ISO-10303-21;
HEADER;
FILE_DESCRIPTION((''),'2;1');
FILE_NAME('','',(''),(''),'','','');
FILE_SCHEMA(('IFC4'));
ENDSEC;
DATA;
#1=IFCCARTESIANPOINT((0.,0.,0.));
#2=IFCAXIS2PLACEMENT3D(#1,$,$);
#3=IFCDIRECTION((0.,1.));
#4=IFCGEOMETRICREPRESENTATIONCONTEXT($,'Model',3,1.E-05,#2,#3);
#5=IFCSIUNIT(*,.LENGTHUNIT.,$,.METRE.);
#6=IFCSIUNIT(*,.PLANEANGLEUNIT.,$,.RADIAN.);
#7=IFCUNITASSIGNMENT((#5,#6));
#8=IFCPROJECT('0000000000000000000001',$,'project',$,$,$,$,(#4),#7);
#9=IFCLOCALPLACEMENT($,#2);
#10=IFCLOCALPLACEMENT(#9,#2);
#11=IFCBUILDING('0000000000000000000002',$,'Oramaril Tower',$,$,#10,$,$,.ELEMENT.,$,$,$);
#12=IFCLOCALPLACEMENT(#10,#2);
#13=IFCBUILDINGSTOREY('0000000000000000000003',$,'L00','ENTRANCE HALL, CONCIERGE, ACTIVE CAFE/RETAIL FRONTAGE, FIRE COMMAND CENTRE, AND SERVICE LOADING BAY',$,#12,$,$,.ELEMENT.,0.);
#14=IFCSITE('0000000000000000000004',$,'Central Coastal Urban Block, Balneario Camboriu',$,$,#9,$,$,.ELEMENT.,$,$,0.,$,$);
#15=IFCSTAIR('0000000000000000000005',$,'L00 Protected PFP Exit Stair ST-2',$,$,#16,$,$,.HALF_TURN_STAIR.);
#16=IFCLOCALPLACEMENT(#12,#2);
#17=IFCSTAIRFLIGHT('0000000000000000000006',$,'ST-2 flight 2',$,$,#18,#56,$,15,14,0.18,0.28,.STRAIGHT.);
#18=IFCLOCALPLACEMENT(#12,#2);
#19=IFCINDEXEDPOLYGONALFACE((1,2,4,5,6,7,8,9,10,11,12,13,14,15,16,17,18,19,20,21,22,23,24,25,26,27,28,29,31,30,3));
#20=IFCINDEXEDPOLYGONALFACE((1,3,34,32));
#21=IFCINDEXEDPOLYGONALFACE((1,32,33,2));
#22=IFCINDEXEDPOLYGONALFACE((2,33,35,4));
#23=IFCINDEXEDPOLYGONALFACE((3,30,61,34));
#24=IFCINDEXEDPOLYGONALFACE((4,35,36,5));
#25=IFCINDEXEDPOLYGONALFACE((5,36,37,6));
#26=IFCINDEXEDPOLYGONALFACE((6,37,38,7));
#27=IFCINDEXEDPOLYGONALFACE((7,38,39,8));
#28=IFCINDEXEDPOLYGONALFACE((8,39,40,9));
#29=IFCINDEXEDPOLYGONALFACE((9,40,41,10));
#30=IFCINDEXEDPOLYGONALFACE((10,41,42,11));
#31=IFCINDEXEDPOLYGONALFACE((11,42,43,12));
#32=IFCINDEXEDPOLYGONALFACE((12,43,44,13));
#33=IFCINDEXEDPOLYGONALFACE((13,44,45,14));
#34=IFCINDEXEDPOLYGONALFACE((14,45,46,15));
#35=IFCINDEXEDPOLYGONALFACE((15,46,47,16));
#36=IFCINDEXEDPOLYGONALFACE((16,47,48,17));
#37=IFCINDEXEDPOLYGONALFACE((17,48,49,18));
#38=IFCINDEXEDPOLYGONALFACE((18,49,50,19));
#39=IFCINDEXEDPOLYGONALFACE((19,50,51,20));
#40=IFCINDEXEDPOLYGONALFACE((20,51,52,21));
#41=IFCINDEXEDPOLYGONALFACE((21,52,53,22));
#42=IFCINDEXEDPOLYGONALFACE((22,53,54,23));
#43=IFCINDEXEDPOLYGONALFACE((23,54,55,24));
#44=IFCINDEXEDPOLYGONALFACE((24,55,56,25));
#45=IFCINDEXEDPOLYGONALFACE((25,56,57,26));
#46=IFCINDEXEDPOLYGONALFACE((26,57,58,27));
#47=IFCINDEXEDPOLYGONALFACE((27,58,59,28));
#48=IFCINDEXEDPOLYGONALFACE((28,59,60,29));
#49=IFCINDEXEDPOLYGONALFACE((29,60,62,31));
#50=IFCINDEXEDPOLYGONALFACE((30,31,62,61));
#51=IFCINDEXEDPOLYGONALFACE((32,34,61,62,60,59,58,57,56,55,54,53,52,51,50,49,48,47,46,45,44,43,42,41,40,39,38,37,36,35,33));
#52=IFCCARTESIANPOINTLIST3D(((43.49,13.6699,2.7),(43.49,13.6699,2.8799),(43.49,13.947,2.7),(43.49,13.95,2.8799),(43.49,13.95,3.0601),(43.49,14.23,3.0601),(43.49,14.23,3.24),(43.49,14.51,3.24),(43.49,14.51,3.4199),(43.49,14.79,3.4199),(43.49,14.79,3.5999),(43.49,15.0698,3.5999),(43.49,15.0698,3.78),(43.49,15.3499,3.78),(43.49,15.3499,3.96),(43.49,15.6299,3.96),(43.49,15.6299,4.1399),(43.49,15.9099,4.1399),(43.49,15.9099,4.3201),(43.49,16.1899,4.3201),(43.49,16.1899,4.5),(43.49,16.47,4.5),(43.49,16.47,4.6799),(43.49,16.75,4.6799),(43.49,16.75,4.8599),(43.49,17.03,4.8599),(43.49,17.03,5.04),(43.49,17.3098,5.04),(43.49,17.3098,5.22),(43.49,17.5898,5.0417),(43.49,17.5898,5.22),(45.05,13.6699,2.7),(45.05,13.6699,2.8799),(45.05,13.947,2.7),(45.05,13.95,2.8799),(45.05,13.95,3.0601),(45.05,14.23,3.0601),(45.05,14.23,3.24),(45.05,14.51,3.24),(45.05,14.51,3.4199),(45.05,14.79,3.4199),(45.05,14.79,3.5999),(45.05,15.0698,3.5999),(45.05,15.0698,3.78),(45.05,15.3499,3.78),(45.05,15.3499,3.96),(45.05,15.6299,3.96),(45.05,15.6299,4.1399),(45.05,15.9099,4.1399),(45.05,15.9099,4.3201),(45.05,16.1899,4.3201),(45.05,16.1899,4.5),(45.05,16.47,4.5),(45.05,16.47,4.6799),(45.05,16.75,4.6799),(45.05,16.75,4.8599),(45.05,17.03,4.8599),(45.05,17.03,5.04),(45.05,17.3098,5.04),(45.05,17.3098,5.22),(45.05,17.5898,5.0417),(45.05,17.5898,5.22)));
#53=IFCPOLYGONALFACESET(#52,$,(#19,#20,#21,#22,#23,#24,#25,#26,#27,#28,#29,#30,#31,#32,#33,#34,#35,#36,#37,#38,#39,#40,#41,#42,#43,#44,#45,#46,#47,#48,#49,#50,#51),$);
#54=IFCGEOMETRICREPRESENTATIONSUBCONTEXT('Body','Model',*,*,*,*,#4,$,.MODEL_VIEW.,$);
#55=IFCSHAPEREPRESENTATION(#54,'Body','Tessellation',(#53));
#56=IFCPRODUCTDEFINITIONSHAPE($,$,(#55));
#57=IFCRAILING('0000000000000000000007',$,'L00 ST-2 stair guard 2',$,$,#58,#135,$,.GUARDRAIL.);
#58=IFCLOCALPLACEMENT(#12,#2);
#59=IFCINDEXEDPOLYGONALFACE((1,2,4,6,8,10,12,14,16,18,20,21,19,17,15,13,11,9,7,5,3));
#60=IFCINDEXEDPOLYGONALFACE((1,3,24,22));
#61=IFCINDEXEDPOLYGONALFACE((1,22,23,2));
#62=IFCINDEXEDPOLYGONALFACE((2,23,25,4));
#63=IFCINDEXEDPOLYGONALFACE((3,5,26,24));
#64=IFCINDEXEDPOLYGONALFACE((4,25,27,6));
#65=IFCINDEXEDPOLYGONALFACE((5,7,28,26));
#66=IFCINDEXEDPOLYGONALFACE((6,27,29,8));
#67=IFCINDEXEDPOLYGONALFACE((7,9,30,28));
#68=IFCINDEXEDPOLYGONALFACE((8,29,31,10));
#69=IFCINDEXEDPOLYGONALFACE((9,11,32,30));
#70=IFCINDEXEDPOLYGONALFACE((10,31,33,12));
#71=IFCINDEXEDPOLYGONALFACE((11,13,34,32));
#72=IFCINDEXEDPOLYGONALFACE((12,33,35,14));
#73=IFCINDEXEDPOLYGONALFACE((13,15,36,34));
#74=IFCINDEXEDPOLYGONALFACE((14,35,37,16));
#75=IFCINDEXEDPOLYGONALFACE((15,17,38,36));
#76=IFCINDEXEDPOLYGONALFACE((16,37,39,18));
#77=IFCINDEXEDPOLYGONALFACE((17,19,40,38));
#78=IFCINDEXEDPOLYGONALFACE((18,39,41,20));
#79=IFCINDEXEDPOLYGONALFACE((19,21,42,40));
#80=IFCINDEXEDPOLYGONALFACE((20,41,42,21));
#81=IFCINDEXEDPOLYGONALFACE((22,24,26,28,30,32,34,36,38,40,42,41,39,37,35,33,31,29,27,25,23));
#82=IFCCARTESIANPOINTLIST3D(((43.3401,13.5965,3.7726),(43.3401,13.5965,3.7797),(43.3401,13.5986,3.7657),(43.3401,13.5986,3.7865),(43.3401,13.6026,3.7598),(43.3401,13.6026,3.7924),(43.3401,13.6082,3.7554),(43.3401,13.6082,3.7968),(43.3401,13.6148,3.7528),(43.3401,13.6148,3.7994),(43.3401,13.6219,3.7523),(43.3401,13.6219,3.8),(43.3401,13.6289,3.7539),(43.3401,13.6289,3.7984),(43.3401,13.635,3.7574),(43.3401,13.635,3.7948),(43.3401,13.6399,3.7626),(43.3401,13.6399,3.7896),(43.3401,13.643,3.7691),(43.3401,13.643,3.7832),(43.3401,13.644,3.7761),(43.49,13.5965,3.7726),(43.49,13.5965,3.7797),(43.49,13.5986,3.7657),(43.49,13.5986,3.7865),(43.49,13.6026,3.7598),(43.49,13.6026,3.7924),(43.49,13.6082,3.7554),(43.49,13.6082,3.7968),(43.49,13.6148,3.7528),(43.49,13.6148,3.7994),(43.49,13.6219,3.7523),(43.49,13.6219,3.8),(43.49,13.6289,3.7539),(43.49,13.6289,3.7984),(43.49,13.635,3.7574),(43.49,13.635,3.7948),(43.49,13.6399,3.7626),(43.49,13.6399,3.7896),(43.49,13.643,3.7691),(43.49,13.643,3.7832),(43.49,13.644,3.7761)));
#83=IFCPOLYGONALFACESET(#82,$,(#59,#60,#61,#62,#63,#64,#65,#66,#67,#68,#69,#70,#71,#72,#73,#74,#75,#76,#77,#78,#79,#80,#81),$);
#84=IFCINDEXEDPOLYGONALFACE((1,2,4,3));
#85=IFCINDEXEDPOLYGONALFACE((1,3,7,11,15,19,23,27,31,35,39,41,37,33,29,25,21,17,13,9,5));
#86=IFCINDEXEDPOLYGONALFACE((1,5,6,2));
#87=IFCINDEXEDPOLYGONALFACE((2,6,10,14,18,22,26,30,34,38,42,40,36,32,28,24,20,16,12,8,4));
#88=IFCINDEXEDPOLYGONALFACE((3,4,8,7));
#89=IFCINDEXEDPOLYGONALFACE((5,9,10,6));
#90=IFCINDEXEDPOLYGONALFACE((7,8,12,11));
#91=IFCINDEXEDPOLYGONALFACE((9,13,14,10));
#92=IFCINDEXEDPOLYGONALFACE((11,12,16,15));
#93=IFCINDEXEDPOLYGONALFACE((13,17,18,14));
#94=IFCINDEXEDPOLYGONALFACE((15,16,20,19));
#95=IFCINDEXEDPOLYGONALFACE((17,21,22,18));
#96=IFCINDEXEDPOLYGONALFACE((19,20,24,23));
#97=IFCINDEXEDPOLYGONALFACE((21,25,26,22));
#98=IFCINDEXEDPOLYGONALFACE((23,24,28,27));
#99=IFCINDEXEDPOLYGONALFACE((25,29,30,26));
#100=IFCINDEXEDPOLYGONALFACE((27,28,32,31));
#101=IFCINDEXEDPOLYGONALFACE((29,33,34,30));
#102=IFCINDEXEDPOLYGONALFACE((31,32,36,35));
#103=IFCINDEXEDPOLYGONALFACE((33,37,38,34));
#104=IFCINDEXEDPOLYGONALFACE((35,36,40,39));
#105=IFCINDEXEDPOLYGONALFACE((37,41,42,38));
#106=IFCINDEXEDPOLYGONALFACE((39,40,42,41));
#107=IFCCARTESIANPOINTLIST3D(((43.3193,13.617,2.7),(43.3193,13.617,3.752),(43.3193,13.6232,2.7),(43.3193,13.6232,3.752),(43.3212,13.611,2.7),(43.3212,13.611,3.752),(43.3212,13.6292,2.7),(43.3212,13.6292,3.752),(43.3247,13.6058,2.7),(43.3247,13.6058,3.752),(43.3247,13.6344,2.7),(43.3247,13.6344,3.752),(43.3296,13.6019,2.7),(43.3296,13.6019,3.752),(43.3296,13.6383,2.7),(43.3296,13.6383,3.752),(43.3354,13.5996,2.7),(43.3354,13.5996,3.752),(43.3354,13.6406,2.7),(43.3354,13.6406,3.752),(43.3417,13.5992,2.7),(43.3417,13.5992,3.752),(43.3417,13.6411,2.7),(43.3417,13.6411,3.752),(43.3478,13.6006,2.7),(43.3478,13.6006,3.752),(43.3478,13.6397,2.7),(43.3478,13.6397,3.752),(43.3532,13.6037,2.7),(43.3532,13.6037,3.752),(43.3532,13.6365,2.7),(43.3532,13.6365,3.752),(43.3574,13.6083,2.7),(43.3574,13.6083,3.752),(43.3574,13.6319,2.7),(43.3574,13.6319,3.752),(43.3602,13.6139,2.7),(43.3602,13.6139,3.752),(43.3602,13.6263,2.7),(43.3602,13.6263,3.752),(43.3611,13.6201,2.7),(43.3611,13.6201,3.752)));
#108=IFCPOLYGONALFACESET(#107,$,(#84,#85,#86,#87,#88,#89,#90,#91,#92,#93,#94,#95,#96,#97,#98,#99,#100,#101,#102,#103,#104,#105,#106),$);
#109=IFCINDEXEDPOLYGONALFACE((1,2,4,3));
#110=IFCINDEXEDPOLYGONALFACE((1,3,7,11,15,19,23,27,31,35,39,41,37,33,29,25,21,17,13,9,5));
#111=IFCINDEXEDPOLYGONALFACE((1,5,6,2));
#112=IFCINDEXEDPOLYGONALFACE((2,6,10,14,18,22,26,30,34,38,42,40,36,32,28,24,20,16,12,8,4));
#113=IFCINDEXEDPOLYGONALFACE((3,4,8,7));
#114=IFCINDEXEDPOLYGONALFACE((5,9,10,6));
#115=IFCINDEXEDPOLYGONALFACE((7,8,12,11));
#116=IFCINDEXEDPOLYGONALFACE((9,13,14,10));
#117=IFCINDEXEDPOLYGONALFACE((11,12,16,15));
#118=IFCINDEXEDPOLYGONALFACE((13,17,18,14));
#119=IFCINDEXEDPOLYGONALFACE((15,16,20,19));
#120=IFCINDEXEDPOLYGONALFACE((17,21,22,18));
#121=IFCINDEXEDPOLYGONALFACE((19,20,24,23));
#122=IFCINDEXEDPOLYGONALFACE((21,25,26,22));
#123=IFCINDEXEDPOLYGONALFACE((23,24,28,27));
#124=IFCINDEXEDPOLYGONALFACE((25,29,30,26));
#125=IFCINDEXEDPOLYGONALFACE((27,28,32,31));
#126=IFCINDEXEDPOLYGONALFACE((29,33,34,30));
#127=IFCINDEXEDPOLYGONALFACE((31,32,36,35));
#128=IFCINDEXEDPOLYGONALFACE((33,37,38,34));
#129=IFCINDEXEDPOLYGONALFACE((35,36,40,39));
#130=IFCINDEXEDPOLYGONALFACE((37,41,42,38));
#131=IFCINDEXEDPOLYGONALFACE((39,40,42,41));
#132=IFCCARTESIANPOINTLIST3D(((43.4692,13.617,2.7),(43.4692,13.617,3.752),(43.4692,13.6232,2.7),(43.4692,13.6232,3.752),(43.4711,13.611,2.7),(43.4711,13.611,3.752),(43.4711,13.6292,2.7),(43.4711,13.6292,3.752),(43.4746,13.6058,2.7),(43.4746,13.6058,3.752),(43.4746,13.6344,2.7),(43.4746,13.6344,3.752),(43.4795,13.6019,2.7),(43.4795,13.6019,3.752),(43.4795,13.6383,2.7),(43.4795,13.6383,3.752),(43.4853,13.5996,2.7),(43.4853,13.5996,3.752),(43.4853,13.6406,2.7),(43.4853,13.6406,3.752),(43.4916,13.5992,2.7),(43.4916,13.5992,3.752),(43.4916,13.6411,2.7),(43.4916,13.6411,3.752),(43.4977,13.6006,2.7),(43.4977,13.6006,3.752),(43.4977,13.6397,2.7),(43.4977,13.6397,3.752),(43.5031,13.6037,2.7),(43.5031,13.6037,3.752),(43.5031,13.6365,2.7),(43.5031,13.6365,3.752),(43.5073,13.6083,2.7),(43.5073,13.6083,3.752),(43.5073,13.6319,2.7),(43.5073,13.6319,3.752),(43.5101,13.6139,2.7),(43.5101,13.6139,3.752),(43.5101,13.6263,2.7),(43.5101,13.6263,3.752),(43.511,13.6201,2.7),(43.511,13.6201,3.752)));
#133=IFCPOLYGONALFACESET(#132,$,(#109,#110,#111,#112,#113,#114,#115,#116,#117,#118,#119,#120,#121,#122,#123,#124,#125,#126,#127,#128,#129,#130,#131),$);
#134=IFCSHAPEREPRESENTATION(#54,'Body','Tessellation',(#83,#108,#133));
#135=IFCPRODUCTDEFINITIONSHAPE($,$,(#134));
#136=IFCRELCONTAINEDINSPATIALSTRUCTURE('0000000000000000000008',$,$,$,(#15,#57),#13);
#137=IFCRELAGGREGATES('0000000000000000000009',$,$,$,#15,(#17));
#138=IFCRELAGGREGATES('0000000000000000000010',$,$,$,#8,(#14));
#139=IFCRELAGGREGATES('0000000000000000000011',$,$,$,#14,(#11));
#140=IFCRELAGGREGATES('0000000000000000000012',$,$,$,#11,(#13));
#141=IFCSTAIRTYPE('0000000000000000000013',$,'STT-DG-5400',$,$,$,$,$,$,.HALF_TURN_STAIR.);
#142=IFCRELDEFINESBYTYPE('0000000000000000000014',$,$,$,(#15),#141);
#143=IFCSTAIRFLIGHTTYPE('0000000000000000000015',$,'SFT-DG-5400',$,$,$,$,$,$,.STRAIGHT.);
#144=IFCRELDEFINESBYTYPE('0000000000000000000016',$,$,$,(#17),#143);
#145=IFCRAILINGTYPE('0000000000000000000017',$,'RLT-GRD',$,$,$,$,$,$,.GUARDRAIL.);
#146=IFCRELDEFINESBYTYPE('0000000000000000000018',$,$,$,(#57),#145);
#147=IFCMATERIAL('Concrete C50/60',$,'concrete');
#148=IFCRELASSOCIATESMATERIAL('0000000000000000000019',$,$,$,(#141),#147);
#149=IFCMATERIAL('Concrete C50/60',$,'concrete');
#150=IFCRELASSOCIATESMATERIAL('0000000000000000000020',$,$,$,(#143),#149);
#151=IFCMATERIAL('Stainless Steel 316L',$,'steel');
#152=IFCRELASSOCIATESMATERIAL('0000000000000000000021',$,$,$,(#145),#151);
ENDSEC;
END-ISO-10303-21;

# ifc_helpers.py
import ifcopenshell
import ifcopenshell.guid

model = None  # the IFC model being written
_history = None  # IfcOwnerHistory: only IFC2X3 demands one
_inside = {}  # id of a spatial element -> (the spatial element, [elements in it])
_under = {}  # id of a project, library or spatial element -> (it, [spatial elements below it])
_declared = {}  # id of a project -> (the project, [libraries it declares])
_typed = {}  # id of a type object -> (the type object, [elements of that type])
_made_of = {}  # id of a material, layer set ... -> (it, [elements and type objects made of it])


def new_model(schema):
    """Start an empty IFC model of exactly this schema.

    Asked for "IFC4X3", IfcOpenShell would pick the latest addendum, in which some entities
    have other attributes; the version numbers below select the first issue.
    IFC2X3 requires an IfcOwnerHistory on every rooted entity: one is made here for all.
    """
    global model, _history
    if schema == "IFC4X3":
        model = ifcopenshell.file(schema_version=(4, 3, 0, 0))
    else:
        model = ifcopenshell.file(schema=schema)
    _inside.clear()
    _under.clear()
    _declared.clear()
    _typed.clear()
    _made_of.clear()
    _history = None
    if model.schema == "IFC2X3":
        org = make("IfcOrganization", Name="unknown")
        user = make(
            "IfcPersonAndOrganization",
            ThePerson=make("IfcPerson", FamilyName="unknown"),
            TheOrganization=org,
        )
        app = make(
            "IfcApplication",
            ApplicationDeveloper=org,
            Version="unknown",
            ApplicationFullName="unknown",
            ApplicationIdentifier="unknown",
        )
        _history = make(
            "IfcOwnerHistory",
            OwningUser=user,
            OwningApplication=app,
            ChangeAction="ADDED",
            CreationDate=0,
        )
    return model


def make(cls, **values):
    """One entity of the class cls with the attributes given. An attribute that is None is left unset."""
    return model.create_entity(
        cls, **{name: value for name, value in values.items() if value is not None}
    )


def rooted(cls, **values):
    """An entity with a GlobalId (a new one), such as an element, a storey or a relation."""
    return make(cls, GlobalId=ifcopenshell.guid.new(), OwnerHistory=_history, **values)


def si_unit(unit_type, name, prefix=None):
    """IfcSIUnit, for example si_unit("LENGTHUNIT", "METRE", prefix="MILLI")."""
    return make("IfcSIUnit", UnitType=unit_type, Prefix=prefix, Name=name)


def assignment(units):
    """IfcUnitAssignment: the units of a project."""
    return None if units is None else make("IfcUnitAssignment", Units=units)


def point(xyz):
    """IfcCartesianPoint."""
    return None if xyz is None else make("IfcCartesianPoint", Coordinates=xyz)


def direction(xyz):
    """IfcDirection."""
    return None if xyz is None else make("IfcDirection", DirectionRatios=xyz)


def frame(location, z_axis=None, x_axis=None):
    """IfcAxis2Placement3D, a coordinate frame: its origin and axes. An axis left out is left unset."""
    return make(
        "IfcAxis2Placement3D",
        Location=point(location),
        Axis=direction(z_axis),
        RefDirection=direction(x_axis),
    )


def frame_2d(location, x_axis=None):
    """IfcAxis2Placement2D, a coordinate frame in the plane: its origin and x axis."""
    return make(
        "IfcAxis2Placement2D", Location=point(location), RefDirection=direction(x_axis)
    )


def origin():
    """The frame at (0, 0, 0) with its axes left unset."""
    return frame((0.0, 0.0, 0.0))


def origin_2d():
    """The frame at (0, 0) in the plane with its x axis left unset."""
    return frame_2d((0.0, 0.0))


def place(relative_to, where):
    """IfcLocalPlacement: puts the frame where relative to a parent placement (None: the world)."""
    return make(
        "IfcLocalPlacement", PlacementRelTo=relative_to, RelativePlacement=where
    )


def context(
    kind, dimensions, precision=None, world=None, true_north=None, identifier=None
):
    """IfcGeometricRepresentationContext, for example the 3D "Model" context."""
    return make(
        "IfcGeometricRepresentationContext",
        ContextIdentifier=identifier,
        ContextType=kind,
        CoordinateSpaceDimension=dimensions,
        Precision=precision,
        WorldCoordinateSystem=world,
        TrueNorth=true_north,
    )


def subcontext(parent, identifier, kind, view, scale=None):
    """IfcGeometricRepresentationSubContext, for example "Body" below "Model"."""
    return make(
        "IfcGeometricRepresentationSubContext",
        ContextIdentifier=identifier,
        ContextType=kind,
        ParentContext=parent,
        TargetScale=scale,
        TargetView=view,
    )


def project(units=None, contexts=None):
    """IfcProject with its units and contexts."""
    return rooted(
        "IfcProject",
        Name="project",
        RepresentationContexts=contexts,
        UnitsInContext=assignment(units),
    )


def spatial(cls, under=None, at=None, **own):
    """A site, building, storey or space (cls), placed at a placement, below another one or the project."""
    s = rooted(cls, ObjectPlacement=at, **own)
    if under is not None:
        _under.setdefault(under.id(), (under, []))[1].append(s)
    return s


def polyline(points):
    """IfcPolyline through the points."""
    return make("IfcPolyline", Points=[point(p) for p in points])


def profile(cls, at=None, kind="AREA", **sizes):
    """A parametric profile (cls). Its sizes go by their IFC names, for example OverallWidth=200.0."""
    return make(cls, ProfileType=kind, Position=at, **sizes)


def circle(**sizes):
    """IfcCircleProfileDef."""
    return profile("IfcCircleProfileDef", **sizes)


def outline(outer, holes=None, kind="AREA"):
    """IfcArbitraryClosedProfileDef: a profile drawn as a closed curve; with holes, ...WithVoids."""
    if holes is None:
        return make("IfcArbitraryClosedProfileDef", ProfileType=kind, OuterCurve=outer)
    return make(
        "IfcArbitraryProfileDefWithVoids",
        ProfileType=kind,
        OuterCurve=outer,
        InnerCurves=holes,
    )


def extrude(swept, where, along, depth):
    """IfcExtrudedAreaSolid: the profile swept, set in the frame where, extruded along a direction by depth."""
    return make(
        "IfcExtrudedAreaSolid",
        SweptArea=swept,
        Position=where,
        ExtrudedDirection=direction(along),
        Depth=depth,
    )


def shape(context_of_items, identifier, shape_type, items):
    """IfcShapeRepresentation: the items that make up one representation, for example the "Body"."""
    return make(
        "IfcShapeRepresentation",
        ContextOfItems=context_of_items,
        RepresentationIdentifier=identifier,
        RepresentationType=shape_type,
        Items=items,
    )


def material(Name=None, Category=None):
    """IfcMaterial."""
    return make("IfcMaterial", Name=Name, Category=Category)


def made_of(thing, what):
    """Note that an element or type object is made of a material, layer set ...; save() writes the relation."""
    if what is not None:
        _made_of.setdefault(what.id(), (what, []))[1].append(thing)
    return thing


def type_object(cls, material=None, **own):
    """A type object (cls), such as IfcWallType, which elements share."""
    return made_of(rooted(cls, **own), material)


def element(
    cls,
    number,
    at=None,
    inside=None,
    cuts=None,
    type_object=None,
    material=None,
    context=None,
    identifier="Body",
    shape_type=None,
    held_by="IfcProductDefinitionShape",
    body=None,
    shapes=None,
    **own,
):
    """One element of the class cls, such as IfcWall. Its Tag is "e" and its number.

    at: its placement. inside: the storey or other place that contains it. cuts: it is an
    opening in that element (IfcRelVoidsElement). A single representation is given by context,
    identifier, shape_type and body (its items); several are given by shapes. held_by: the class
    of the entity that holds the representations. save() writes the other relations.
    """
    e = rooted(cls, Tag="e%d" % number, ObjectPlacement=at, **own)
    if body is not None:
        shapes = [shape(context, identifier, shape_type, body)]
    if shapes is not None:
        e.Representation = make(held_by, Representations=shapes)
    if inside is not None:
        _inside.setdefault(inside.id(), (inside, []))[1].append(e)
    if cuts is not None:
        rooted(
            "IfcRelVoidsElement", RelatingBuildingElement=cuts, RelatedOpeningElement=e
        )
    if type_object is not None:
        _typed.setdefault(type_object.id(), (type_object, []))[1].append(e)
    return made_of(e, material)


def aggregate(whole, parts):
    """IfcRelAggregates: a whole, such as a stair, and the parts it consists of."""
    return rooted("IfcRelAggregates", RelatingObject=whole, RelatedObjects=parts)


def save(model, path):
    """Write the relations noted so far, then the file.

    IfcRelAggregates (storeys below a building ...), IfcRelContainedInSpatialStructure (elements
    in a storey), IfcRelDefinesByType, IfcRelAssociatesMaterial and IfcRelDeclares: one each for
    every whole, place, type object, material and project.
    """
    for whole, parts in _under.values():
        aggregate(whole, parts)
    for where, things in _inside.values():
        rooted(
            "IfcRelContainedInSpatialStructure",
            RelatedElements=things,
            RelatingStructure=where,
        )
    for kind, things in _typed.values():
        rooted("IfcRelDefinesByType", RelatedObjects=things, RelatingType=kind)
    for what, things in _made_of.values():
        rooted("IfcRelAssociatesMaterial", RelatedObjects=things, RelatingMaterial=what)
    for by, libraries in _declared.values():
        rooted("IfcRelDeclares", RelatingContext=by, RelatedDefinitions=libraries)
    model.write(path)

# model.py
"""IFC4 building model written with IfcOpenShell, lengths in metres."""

from ifc_helpers import new_model, si_unit, direction, frame, origin, origin_2d, place, context, subcontext, project, spatial, polyline, circle, outline, extrude, material, type_object, element, aggregate, save


model = new_model("IFC4")

# Units and contexts
model_context = context("Model", 3, precision=1e-05, world=origin(), true_north=direction((0.0, 1.0)))
body_context = subcontext(model_context, "Body", "Model", "MODEL_VIEW")
ifc_project = project(units=[si_unit("LENGTHUNIT", "METRE"), si_unit("PLANEANGLEUNIT", "RADIAN")], contexts=[model_context])

# Site, building, storey
site_placement = place(None, origin())
site = spatial("IfcSite", under=ifc_project, at=site_placement, Name="Central Coastal Urban Block, Balneario Camboriu", CompositionType="ELEMENT", RefElevation=0.0)
building_placement = place(site_placement, origin())
building = spatial("IfcBuilding", under=site, at=building_placement, Name="Oramaril Tower", CompositionType="ELEMENT")
storey_placement = place(building_placement, origin())
storey = spatial("IfcBuildingStorey", under=building, at=storey_placement, Name="L00", Description="ENTRANCE HALL, CONCIERGE, ACTIVE CAFE/RETAIL FRONTAGE, FIRE COMMAND CENTRE, AND SERVICE LOADING BAY", CompositionType="ELEMENT", Elevation=0.0)

# Stair, stair flight
ifc_material_1 = material(Name="Concrete C50/60", Category="concrete")
stair_type = type_object("IfcStairType", Name="STT-DG-5400", PredefinedType="HALF_TURN_STAIR", material=ifc_material_1)
stair_placement = place(storey_placement, origin())
stair = element("IfcStair", 1, at=stair_placement, inside=storey, type_object=stair_type, Name="L00 Protected PFP Exit Stair ST-2", PredefinedType="HALF_TURN_STAIR")
ifc_material_2 = material(Name="Concrete C50/60", Category="concrete")
stair_flight_type = type_object("IfcStairFlightType", Name="SFT-DG-5400", PredefinedType="STRAIGHT", material=ifc_material_2)
stair_flight_placement = place(storey_placement, frame((44.27, 13.6699, 2.7), z_axis=(0.0, 0.0, 1.0), x_axis=(0.0, 1.0, 0.0)))
stair_flight = element("IfcStairFlight", 2, at=stair_flight_placement, type_object=stair_flight_type, Name="ST-2 flight 2", NumberOfRisers=15, NumberOfTreads=14, PredefinedType="STRAIGHT", RiserHeight=0.18, TreadLength=0.28, context=body_context, shape_type="SweptSolid", body=[
    extrude(outline(polyline([(0.0, 0.0), (0.0, 0.1799), (0.28, 0.1799), (0.28, 0.3601), (0.5601, 0.3601), (0.5601, 0.54), (0.8401, 0.54), (0.8401, 0.72), (1.1201, 0.72), (1.1201, 0.8999), (1.3999, 0.8999), (1.3999, 1.0801), (1.6799, 1.0801), (1.6799, 1.26), (1.96, 1.26), (1.96, 1.4399), (2.24, 1.4399), (2.24, 1.6201), (2.52, 1.6201), (2.52, 1.8), (2.8, 1.8), (2.8, 1.98), (3.0801, 1.98), (3.0801, 2.1599), (3.3601, 2.1599), (3.3601, 2.3401), (3.6399, 2.3401), (3.6399, 2.52), (3.9199, 2.52), (3.9199, 2.7), (3.9199, 2.3418), (0.2771, 0.0), (0.0, 0.0)])), frame((0.0, 0.78, 0.0), z_axis=(0.0, -1.0, 0.0), x_axis=(1.0, 0.0, 0.0)), (0.0, 0.0, 1.0), 1.5601),
])
aggregate(stair, [stair_flight])

# Railing
ifc_material_3 = material(Name="Stainless Steel 316L", Category="steel")
railing_type_1 = type_object("IfcRailingType", Name="RLT-GRD", PredefinedType="GUARDRAIL", material=ifc_material_3)
railing_1_placement = place(storey_placement, frame((43.3401, 13.6201, 2.7)))
element("IfcRailing", 3, at=railing_1_placement, inside=storey, type_object=railing_type_1, Name="L00 ST-2 stair guard 2", PredefinedType="GUARDRAIL", context=body_context, shape_type="SweptSolid", body=[
    extrude(circle(Radius=0.0239, at=origin_2d()), frame((0.0, 0.0, 1.0762), z_axis=(1.0, 0.0, 0.0), x_axis=(0.0, 1.0, 0.0)), (0.0, 0.0, 1.0), 0.1499),
    extrude(circle(Radius=0.021, at=origin_2d()), origin(), (0.0, 0.0, 1.0), 1.052),
    extrude(circle(Radius=0.021, at=origin_2d()), frame((0.1499, 0.0, 0.0)), (0.0, 0.0, 1.0), 1.052),
])

save(model, "model.ifc")
